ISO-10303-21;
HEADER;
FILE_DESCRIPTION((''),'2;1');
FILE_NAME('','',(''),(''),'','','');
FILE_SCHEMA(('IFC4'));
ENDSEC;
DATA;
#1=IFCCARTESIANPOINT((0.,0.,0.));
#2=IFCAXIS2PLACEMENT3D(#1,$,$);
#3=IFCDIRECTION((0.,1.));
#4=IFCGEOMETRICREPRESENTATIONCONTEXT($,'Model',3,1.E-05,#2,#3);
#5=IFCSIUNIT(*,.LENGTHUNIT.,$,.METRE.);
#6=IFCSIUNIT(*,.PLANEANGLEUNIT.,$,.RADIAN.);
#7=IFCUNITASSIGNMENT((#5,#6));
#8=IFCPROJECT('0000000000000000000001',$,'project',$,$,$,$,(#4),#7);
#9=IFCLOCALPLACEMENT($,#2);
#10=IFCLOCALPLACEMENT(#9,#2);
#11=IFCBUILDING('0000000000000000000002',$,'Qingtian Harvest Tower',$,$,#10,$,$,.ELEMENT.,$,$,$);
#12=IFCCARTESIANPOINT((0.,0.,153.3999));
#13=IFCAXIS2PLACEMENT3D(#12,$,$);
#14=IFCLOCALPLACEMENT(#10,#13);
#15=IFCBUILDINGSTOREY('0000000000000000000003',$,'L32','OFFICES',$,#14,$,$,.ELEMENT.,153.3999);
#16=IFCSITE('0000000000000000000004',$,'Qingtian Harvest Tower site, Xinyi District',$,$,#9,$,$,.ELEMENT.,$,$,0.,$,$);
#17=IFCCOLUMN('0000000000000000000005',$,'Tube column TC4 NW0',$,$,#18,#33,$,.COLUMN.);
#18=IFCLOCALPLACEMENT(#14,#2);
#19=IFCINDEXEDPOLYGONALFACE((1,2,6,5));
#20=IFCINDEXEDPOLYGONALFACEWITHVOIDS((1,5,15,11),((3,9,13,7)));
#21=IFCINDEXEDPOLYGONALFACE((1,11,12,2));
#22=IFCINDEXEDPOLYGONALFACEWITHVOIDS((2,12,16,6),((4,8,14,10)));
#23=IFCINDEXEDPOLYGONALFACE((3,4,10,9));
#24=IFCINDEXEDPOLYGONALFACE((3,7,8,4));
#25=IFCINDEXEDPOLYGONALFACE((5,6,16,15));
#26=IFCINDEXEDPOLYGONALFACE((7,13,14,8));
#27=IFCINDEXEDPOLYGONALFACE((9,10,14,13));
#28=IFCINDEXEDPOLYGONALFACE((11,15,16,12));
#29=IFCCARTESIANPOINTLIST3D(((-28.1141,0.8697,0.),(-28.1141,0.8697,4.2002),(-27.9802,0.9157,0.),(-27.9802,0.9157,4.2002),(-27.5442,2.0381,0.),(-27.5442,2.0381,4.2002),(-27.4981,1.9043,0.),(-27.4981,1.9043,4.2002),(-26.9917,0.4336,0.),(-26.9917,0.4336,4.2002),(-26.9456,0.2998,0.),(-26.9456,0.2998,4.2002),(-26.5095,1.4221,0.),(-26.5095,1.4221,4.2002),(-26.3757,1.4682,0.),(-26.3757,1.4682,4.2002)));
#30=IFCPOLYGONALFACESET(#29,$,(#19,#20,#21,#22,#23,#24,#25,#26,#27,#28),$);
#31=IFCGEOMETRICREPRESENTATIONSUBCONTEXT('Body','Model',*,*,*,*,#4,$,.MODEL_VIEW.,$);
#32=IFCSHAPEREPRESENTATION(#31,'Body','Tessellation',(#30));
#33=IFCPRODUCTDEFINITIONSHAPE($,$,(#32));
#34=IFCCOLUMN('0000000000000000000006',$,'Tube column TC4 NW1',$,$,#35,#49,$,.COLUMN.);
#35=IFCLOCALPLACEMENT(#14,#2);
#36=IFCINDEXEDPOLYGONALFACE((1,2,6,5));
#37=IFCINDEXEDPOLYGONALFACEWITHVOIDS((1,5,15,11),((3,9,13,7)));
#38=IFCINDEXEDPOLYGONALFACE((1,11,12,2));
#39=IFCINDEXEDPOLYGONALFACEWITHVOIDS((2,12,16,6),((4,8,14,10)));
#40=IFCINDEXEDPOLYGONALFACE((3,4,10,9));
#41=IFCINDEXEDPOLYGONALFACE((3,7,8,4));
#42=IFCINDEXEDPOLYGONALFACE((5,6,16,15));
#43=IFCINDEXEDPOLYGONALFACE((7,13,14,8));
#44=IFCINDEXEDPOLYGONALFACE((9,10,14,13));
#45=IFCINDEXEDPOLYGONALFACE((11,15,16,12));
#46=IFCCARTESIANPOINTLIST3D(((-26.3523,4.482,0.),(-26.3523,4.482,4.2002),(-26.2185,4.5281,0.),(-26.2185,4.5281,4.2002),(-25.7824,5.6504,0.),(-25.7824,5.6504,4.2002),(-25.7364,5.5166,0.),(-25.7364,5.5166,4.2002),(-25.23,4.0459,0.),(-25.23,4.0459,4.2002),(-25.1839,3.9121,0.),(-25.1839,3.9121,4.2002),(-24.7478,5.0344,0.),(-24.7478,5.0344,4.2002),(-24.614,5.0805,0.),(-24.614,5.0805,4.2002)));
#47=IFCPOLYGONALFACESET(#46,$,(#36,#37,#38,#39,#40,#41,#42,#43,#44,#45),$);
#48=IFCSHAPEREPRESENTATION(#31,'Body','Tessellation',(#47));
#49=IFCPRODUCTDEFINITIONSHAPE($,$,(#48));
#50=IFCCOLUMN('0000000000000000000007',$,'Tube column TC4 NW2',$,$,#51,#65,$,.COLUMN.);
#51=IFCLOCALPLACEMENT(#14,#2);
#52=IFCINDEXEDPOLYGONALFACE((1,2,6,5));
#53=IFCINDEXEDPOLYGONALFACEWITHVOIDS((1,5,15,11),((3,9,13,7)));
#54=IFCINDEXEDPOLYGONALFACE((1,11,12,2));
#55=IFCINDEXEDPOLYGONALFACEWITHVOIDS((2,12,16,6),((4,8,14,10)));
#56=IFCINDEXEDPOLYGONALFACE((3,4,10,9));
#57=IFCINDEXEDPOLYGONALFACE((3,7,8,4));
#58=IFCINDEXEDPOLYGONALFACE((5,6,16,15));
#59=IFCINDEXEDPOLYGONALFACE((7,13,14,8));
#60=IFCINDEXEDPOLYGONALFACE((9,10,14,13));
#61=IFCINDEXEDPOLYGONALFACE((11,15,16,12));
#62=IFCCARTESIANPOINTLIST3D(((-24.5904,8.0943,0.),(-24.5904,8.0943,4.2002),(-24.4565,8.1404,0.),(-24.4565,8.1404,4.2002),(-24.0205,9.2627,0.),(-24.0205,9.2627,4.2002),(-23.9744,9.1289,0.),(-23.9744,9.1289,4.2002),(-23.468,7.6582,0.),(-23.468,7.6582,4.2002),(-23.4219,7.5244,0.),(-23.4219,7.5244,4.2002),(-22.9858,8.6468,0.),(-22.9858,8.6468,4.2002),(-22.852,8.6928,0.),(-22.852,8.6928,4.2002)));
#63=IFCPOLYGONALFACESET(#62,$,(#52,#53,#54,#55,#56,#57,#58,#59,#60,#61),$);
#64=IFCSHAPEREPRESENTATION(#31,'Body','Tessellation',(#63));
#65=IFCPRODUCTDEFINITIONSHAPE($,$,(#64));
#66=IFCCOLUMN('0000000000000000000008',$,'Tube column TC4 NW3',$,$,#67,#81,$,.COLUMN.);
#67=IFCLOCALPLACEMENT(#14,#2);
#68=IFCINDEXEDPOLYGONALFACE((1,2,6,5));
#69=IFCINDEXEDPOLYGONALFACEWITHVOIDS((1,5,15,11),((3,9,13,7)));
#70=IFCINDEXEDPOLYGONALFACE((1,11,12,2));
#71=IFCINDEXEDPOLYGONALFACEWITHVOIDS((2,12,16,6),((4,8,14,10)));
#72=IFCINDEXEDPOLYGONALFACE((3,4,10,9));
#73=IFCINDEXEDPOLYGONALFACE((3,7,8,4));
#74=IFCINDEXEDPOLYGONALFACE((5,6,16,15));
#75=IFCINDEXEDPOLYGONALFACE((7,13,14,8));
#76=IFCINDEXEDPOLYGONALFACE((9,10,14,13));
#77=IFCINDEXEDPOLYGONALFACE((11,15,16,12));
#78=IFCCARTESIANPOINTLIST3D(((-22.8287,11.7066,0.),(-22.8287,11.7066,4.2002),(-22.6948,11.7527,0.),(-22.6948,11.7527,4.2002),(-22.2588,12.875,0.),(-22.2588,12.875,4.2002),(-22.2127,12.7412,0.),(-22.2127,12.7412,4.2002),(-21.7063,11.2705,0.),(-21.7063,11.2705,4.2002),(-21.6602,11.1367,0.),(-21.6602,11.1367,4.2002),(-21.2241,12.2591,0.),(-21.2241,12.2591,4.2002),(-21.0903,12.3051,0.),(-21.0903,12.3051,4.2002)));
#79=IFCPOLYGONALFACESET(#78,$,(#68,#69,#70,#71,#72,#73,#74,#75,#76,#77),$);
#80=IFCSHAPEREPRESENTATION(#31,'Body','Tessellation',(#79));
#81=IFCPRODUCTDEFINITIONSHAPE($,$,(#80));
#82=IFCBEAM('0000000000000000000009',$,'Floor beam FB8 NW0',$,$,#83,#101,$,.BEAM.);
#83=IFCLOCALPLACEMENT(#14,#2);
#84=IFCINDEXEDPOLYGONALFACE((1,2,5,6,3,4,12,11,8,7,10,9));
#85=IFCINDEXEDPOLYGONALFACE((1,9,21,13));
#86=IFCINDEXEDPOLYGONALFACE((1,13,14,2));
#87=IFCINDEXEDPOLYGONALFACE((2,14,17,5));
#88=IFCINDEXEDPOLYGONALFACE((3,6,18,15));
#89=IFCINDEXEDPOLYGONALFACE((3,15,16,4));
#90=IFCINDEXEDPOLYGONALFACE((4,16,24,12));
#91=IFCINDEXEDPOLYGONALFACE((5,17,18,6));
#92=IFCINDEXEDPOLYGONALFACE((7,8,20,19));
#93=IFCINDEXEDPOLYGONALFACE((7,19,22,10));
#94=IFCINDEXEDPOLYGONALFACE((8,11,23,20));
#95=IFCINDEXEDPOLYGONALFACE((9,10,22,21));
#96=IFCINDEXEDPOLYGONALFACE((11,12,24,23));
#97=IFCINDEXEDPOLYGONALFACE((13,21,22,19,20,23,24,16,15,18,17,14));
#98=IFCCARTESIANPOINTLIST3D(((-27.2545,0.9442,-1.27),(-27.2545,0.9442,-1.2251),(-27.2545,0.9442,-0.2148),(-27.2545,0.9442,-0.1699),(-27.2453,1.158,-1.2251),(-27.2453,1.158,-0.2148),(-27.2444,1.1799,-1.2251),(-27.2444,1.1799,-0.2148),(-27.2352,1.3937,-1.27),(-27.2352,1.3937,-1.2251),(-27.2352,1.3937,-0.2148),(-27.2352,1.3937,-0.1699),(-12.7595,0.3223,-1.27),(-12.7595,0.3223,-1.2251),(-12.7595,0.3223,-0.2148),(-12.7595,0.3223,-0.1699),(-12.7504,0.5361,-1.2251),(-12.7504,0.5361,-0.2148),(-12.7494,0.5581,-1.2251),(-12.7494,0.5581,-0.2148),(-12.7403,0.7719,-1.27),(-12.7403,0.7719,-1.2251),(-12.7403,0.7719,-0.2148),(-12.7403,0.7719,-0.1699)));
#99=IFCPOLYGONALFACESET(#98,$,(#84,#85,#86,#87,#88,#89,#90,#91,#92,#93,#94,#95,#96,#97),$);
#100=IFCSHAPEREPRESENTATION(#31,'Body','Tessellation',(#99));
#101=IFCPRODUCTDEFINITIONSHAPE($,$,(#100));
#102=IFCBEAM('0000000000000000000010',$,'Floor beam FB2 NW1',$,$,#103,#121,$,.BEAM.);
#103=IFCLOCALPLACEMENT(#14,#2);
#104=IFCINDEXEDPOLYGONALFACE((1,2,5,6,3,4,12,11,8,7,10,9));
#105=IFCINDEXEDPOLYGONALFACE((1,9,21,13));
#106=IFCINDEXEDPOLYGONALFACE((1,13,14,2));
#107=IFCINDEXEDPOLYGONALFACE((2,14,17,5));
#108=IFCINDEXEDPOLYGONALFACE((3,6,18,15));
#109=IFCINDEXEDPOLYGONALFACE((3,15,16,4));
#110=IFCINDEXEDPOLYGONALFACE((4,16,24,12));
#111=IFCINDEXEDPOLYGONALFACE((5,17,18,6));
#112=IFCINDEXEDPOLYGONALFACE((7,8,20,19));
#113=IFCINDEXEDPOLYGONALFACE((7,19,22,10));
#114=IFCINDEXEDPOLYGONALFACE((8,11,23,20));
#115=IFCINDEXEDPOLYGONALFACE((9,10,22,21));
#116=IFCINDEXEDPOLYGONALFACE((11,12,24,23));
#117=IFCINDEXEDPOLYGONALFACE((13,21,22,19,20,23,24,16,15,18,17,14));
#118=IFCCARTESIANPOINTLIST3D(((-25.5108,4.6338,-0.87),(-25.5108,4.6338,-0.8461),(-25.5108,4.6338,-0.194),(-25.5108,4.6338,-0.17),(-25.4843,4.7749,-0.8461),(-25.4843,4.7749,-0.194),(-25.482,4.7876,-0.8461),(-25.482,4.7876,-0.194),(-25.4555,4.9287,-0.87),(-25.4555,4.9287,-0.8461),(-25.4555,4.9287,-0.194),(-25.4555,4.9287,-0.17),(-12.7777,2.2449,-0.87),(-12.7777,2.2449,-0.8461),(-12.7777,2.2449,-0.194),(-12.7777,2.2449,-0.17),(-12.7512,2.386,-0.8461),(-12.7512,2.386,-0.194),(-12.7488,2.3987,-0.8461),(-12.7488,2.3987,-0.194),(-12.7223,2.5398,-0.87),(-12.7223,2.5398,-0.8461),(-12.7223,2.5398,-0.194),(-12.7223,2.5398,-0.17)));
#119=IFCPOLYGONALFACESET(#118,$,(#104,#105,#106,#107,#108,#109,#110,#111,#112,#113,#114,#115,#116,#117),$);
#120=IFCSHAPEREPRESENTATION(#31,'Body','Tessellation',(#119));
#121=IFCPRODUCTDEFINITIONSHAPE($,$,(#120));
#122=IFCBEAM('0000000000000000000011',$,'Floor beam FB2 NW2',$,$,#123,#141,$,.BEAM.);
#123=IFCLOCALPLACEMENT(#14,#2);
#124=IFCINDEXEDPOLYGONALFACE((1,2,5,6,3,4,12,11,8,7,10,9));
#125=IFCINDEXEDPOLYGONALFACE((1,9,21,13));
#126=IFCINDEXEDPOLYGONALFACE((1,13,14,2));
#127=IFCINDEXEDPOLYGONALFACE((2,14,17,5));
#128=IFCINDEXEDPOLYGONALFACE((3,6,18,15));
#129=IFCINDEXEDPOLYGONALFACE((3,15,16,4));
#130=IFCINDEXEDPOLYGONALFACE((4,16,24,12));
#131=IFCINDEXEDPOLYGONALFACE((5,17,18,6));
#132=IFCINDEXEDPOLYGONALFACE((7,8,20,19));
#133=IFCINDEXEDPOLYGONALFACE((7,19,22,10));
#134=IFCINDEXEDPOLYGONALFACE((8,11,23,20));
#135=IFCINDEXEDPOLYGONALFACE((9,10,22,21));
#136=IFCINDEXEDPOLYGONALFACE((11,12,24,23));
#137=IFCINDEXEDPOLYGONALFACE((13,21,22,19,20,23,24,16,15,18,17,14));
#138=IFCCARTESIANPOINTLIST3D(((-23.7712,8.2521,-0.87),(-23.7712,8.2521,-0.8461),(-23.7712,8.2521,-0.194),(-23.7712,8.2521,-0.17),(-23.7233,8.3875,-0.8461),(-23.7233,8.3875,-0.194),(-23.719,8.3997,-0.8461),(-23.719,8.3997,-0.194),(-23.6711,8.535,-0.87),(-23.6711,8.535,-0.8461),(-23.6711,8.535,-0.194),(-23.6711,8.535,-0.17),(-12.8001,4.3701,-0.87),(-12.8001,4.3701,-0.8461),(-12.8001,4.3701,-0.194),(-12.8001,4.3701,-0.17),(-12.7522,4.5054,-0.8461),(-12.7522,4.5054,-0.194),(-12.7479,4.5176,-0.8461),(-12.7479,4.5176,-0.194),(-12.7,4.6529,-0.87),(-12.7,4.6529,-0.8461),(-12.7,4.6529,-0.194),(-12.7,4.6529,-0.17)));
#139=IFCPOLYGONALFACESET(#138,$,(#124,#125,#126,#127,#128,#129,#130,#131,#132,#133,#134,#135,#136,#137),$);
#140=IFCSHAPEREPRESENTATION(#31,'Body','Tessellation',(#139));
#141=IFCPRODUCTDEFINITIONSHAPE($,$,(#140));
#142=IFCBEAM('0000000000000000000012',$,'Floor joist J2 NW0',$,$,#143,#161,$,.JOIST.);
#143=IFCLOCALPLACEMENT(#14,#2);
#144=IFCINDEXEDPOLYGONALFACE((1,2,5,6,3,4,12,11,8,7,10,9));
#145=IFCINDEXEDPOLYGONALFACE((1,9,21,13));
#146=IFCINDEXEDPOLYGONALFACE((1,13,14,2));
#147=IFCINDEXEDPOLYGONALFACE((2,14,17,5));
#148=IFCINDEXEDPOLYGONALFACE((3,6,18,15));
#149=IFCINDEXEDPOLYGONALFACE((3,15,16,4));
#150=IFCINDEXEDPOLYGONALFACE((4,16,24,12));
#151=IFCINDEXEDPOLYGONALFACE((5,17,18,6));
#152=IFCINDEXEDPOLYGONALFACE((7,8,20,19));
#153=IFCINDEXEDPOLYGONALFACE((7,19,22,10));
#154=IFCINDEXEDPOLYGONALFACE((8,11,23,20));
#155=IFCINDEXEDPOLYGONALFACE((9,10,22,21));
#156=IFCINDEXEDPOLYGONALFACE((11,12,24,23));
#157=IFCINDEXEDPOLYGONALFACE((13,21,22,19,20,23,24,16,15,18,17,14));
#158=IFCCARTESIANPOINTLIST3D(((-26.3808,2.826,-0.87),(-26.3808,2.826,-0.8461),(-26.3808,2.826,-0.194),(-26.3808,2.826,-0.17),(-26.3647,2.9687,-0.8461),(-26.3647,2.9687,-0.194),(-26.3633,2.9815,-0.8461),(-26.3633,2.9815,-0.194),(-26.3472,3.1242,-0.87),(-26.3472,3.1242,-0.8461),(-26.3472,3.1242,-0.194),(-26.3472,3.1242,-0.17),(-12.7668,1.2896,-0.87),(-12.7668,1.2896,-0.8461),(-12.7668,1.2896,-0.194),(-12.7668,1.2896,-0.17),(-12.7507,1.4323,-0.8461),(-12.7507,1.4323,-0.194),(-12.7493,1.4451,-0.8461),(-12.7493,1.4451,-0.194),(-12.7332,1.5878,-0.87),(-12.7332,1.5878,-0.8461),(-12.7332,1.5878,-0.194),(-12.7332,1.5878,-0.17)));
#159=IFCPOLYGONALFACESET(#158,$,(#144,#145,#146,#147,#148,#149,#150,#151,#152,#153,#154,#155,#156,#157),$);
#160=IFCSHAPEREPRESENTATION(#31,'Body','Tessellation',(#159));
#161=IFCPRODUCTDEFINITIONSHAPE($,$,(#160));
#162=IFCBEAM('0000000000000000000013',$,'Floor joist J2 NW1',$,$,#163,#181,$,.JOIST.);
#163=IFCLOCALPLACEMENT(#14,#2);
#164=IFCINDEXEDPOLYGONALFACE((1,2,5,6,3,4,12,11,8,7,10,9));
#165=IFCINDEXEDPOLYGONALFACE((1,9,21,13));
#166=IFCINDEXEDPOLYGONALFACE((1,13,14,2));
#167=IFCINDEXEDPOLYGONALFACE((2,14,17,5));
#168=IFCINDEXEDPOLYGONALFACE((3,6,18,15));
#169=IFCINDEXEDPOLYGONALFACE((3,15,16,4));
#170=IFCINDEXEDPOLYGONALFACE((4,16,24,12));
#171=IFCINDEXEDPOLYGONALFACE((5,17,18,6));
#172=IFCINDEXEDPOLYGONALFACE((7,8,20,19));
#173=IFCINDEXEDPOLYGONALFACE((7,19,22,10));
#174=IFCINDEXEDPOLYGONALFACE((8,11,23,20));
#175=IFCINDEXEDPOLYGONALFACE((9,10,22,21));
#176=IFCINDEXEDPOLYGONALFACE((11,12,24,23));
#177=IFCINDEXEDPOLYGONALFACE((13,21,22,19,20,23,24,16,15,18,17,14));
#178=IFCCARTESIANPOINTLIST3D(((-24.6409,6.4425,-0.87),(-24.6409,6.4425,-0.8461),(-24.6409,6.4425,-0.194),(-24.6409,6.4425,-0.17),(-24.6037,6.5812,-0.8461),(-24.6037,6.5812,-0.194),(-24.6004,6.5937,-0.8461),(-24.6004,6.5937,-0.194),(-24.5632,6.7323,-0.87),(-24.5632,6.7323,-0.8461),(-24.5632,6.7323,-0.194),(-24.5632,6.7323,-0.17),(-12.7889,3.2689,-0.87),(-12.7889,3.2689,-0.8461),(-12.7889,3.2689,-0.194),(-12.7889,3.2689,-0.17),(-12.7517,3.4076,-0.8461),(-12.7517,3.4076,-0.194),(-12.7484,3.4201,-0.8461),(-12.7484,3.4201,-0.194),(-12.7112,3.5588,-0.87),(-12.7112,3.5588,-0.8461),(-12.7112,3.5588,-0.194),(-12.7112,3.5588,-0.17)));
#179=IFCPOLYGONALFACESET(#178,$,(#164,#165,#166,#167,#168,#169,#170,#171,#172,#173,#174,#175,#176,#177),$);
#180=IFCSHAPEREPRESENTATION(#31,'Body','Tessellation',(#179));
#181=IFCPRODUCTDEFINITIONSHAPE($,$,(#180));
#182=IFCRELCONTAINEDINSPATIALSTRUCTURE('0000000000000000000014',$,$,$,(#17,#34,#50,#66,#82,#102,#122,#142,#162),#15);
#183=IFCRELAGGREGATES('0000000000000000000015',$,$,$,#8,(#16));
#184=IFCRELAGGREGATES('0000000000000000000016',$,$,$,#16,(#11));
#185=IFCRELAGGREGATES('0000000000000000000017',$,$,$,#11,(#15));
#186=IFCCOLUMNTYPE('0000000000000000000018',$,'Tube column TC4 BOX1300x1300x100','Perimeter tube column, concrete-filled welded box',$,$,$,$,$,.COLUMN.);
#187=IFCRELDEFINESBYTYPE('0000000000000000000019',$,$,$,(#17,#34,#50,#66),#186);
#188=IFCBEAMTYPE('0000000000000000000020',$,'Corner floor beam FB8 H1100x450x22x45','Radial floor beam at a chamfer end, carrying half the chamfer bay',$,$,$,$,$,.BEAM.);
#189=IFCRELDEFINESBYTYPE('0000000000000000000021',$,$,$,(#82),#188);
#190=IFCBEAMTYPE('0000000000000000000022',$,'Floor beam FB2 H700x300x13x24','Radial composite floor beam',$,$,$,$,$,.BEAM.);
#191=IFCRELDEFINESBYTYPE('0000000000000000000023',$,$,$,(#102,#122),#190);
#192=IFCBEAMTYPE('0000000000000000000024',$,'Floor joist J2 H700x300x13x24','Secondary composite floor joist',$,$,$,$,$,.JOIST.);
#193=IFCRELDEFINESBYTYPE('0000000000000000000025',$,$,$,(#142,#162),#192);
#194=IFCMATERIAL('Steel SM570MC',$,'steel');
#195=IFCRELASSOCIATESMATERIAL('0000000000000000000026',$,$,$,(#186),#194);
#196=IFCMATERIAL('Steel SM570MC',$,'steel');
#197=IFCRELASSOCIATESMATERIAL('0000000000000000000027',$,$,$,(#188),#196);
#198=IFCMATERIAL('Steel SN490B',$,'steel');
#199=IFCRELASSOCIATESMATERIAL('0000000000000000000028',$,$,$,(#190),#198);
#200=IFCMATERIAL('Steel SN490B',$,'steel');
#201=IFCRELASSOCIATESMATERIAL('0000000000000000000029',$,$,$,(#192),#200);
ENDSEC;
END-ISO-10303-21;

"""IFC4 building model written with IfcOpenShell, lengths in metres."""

from ifc_helpers import new_model, si_unit, direction, frame, origin, origin_2d, place, context, subcontext, project, spatial, hollow_rectangle, i_section, extrude, material, material_profile, profile_set, type_object, element, save


model = new_model("IFC4")

# Units and contexts
model_context = context("Model", 3, precision=1e-05, world=origin(), true_north=direction((0.0, 1.0)))
body_context = subcontext(model_context, "Body", "Model", "MODEL_VIEW")
ifc_project = project(units=[si_unit("LENGTHUNIT", "METRE"), si_unit("PLANEANGLEUNIT", "RADIAN")], contexts=[model_context])

# Site, building, storey
site_placement = place(None, origin())
site = spatial("IfcSite", under=ifc_project, at=site_placement, Name="Qingtian Harvest Tower site, Xinyi District", CompositionType="ELEMENT", RefElevation=0.0)
building_placement = place(site_placement, origin())
building = spatial("IfcBuilding", under=site, at=building_placement, Name="Qingtian Harvest Tower", CompositionType="ELEMENT")
storey_placement = place(building_placement, frame((0.0, 0.0, 153.3999)))
storey = spatial("IfcBuildingStorey", under=building, at=storey_placement, Name="L32", Description="OFFICES", CompositionType="ELEMENT", Elevation=153.3999)

# Columns
ifc_material_1 = material(Name="Steel SM570MC", Category="steel")
ifc_material_profile_1 = material_profile(ifc_material_1, hollow_rectangle(XDim=1.3, YDim=1.3, WallThickness=0.1001, at=origin_2d()), Name="BOX1300x1300x100")
ifc_profile_set_1 = profile_set([ifc_material_profile_1], Name="Steel SM570MC")
column_type = type_object("IfcColumnType", Name="Tube column TC4 BOX1300x1300x100", Description="Perimeter tube column, concrete-filled welded box", PredefinedType="COLUMN", material=ifc_profile_set_1)
for number, where, z_axis, x_axis, name in (
    (1, (-27.2449, 1.1689, 0.0), (0.0, 0.0, 1.0), (-0.438371, -0.898794, 0.0), "Tube column TC4 NW0"),
    (2, (-25.4832, 4.7812, 0.0), (0.0, 0.0, 1.0), (-0.438371, -0.898794, 0.0), "Tube column TC4 NW1"),
    (3, (-23.7212, 8.3936, 0.0), (0.0, 0.0, 1.0), (-0.438371, -0.898794, 0.0), "Tube column TC4 NW2"),
    (4, (-21.9595, 12.0059, 0.0), (0.0, 0.0, 1.0), (-0.438371, -0.898794, 0.0), "Tube column TC4 NW3"),
):
    element("IfcColumn", number, at=place(storey_placement, frame(where, z_axis=z_axis, x_axis=x_axis)), inside=storey, type_object=column_type, Name=name, PredefinedType="COLUMN", context=body_context, shape_type="SweptSolid", body=[
        extrude(hollow_rectangle(XDim=1.3, YDim=1.3, WallThickness=0.1001, at=origin_2d()), origin(), (0.0, 0.0, 1.0), 4.2002),
    ])

# Beams
ifc_material_2 = material(Name="Steel SM570MC", Category="steel")
ifc_material_profile_2 = material_profile(ifc_material_2, i_section(OverallWidth=0.45, OverallDepth=1.1001, WebThickness=0.022, FlangeThickness=0.0449, at=origin_2d()), Name="H1100x450x22x45")
ifc_profile_set_2 = profile_set([ifc_material_profile_2], Name="Steel SM570MC")
beam_type_1 = type_object("IfcBeamType", Name="Corner floor beam FB8 H1100x450x22x45", Description="Radial floor beam at a chamfer end, carrying half the chamfer bay", PredefinedType="BEAM", material=ifc_profile_set_2)
beam_1_placement = place(storey_placement, frame((-27.2449, 1.1689, -0.72), z_axis=(0.999081, -0.04286, 0.0), x_axis=(0.04286, 0.999081, 0.0)))
element("IfcBeam", 5, at=beam_1_placement, inside=storey, type_object=beam_type_1, Name="Floor beam FB8 NW0", PredefinedType="BEAM", context=body_context, shape_type="SweptSolid", body=[
    extrude(i_section(OverallWidth=0.45, OverallDepth=1.1001, WebThickness=0.022, FlangeThickness=0.0449, at=origin_2d()), origin(), (0.0, 0.0, 1.0), 14.5083),
])
ifc_material_3 = material(Name="Steel SN490B", Category="steel")
ifc_material_profile_3 = material_profile(ifc_material_3, i_section(OverallWidth=0.3, OverallDepth=0.7, WebThickness=0.0129, FlangeThickness=0.0239, at=origin_2d()), Name="H700x300x13x24")
ifc_profile_set_3 = profile_set([ifc_material_profile_3], Name="Steel SN490B")
beam_type_2 = type_object("IfcBeamType", Name="Floor beam FB2 H700x300x13x24", Description="Radial composite floor beam", PredefinedType="BEAM", material=ifc_profile_set_3)
beam_2_placement = place(storey_placement, frame((-25.4832, 4.7812, -0.52), z_axis=(0.982852, -0.184397, 0.0), x_axis=(0.184397, 0.982852, 0.0)))
element("IfcBeam", 6, at=beam_2_placement, inside=storey, type_object=beam_type_2, Name="Floor beam FB2 NW1", PredefinedType="BEAM", context=body_context, shape_type="SweptSolid", body=[
    extrude(i_section(OverallWidth=0.3, OverallDepth=0.7, WebThickness=0.0129, FlangeThickness=0.0239, at=origin_2d()), origin(), (0.0, 0.0, 1.0), 12.9553),
])
beam_3_placement = place(storey_placement, frame((-23.7212, 8.3936, -0.52), z_axis=(0.942723, -0.333576, 0.0), x_axis=(0.333576, 0.942723, 0.0)))
element("IfcBeam", 7, at=beam_3_placement, inside=storey, type_object=beam_type_2, Name="Floor beam FB2 NW2", PredefinedType="BEAM", context=body_context, shape_type="SweptSolid", body=[
    extrude(i_section(OverallWidth=0.3, OverallDepth=0.7, WebThickness=0.0129, FlangeThickness=0.0239, at=origin_2d()), origin(), (0.0, 0.0, 1.0), 11.6377),
])
ifc_material_4 = material(Name="Steel SN490B", Category="steel")
ifc_material_profile_4 = material_profile(ifc_material_4, i_section(OverallWidth=0.3, OverallDepth=0.7, WebThickness=0.0129, FlangeThickness=0.0239, at=origin_2d()), Name="H700x300x13x24")
ifc_profile_set_4 = profile_set([ifc_material_profile_4], Name="Steel SN490B")
beam_type_3 = type_object("IfcBeamType", Name="Floor joist J2 H700x300x13x24", Description="Secondary composite floor joist", PredefinedType="JOIST", material=ifc_profile_set_4)
beam_4_placement = place(storey_placement, frame((-26.364, 2.9751, -0.52), z_axis=(0.993692, -0.112141, 0.0), x_axis=(0.112141, 0.993692, 0.0)))
element("IfcBeam", 8, at=beam_4_placement, inside=storey, type_object=beam_type_3, Name="Floor joist J2 NW0", PredefinedType="JOIST", context=body_context, shape_type="SweptSolid", body=[
    extrude(i_section(OverallWidth=0.3, OverallDepth=0.7, WebThickness=0.0129, FlangeThickness=0.0239, at=origin_2d()), origin(), (0.0, 0.0, 1.0), 13.7004),
])
beam_5_placement = place(storey_placement, frame((-24.6021, 6.5874, -0.52), z_axis=(0.96597, -0.258655, 0.0), x_axis=(0.258655, 0.96597, 0.0)))
element("IfcBeam", 9, at=beam_5_placement, inside=storey, type_object=beam_type_3, Name="Floor joist J2 NW1", PredefinedType="JOIST", context=body_context, shape_type="SweptSolid", body=[
    extrude(i_section(OverallWidth=0.3, OverallDepth=0.7, WebThickness=0.0129, FlangeThickness=0.0239, at=origin_2d()), origin(), (0.0, 0.0, 1.0), 12.2695),
])

save(model, "model.ifc")
